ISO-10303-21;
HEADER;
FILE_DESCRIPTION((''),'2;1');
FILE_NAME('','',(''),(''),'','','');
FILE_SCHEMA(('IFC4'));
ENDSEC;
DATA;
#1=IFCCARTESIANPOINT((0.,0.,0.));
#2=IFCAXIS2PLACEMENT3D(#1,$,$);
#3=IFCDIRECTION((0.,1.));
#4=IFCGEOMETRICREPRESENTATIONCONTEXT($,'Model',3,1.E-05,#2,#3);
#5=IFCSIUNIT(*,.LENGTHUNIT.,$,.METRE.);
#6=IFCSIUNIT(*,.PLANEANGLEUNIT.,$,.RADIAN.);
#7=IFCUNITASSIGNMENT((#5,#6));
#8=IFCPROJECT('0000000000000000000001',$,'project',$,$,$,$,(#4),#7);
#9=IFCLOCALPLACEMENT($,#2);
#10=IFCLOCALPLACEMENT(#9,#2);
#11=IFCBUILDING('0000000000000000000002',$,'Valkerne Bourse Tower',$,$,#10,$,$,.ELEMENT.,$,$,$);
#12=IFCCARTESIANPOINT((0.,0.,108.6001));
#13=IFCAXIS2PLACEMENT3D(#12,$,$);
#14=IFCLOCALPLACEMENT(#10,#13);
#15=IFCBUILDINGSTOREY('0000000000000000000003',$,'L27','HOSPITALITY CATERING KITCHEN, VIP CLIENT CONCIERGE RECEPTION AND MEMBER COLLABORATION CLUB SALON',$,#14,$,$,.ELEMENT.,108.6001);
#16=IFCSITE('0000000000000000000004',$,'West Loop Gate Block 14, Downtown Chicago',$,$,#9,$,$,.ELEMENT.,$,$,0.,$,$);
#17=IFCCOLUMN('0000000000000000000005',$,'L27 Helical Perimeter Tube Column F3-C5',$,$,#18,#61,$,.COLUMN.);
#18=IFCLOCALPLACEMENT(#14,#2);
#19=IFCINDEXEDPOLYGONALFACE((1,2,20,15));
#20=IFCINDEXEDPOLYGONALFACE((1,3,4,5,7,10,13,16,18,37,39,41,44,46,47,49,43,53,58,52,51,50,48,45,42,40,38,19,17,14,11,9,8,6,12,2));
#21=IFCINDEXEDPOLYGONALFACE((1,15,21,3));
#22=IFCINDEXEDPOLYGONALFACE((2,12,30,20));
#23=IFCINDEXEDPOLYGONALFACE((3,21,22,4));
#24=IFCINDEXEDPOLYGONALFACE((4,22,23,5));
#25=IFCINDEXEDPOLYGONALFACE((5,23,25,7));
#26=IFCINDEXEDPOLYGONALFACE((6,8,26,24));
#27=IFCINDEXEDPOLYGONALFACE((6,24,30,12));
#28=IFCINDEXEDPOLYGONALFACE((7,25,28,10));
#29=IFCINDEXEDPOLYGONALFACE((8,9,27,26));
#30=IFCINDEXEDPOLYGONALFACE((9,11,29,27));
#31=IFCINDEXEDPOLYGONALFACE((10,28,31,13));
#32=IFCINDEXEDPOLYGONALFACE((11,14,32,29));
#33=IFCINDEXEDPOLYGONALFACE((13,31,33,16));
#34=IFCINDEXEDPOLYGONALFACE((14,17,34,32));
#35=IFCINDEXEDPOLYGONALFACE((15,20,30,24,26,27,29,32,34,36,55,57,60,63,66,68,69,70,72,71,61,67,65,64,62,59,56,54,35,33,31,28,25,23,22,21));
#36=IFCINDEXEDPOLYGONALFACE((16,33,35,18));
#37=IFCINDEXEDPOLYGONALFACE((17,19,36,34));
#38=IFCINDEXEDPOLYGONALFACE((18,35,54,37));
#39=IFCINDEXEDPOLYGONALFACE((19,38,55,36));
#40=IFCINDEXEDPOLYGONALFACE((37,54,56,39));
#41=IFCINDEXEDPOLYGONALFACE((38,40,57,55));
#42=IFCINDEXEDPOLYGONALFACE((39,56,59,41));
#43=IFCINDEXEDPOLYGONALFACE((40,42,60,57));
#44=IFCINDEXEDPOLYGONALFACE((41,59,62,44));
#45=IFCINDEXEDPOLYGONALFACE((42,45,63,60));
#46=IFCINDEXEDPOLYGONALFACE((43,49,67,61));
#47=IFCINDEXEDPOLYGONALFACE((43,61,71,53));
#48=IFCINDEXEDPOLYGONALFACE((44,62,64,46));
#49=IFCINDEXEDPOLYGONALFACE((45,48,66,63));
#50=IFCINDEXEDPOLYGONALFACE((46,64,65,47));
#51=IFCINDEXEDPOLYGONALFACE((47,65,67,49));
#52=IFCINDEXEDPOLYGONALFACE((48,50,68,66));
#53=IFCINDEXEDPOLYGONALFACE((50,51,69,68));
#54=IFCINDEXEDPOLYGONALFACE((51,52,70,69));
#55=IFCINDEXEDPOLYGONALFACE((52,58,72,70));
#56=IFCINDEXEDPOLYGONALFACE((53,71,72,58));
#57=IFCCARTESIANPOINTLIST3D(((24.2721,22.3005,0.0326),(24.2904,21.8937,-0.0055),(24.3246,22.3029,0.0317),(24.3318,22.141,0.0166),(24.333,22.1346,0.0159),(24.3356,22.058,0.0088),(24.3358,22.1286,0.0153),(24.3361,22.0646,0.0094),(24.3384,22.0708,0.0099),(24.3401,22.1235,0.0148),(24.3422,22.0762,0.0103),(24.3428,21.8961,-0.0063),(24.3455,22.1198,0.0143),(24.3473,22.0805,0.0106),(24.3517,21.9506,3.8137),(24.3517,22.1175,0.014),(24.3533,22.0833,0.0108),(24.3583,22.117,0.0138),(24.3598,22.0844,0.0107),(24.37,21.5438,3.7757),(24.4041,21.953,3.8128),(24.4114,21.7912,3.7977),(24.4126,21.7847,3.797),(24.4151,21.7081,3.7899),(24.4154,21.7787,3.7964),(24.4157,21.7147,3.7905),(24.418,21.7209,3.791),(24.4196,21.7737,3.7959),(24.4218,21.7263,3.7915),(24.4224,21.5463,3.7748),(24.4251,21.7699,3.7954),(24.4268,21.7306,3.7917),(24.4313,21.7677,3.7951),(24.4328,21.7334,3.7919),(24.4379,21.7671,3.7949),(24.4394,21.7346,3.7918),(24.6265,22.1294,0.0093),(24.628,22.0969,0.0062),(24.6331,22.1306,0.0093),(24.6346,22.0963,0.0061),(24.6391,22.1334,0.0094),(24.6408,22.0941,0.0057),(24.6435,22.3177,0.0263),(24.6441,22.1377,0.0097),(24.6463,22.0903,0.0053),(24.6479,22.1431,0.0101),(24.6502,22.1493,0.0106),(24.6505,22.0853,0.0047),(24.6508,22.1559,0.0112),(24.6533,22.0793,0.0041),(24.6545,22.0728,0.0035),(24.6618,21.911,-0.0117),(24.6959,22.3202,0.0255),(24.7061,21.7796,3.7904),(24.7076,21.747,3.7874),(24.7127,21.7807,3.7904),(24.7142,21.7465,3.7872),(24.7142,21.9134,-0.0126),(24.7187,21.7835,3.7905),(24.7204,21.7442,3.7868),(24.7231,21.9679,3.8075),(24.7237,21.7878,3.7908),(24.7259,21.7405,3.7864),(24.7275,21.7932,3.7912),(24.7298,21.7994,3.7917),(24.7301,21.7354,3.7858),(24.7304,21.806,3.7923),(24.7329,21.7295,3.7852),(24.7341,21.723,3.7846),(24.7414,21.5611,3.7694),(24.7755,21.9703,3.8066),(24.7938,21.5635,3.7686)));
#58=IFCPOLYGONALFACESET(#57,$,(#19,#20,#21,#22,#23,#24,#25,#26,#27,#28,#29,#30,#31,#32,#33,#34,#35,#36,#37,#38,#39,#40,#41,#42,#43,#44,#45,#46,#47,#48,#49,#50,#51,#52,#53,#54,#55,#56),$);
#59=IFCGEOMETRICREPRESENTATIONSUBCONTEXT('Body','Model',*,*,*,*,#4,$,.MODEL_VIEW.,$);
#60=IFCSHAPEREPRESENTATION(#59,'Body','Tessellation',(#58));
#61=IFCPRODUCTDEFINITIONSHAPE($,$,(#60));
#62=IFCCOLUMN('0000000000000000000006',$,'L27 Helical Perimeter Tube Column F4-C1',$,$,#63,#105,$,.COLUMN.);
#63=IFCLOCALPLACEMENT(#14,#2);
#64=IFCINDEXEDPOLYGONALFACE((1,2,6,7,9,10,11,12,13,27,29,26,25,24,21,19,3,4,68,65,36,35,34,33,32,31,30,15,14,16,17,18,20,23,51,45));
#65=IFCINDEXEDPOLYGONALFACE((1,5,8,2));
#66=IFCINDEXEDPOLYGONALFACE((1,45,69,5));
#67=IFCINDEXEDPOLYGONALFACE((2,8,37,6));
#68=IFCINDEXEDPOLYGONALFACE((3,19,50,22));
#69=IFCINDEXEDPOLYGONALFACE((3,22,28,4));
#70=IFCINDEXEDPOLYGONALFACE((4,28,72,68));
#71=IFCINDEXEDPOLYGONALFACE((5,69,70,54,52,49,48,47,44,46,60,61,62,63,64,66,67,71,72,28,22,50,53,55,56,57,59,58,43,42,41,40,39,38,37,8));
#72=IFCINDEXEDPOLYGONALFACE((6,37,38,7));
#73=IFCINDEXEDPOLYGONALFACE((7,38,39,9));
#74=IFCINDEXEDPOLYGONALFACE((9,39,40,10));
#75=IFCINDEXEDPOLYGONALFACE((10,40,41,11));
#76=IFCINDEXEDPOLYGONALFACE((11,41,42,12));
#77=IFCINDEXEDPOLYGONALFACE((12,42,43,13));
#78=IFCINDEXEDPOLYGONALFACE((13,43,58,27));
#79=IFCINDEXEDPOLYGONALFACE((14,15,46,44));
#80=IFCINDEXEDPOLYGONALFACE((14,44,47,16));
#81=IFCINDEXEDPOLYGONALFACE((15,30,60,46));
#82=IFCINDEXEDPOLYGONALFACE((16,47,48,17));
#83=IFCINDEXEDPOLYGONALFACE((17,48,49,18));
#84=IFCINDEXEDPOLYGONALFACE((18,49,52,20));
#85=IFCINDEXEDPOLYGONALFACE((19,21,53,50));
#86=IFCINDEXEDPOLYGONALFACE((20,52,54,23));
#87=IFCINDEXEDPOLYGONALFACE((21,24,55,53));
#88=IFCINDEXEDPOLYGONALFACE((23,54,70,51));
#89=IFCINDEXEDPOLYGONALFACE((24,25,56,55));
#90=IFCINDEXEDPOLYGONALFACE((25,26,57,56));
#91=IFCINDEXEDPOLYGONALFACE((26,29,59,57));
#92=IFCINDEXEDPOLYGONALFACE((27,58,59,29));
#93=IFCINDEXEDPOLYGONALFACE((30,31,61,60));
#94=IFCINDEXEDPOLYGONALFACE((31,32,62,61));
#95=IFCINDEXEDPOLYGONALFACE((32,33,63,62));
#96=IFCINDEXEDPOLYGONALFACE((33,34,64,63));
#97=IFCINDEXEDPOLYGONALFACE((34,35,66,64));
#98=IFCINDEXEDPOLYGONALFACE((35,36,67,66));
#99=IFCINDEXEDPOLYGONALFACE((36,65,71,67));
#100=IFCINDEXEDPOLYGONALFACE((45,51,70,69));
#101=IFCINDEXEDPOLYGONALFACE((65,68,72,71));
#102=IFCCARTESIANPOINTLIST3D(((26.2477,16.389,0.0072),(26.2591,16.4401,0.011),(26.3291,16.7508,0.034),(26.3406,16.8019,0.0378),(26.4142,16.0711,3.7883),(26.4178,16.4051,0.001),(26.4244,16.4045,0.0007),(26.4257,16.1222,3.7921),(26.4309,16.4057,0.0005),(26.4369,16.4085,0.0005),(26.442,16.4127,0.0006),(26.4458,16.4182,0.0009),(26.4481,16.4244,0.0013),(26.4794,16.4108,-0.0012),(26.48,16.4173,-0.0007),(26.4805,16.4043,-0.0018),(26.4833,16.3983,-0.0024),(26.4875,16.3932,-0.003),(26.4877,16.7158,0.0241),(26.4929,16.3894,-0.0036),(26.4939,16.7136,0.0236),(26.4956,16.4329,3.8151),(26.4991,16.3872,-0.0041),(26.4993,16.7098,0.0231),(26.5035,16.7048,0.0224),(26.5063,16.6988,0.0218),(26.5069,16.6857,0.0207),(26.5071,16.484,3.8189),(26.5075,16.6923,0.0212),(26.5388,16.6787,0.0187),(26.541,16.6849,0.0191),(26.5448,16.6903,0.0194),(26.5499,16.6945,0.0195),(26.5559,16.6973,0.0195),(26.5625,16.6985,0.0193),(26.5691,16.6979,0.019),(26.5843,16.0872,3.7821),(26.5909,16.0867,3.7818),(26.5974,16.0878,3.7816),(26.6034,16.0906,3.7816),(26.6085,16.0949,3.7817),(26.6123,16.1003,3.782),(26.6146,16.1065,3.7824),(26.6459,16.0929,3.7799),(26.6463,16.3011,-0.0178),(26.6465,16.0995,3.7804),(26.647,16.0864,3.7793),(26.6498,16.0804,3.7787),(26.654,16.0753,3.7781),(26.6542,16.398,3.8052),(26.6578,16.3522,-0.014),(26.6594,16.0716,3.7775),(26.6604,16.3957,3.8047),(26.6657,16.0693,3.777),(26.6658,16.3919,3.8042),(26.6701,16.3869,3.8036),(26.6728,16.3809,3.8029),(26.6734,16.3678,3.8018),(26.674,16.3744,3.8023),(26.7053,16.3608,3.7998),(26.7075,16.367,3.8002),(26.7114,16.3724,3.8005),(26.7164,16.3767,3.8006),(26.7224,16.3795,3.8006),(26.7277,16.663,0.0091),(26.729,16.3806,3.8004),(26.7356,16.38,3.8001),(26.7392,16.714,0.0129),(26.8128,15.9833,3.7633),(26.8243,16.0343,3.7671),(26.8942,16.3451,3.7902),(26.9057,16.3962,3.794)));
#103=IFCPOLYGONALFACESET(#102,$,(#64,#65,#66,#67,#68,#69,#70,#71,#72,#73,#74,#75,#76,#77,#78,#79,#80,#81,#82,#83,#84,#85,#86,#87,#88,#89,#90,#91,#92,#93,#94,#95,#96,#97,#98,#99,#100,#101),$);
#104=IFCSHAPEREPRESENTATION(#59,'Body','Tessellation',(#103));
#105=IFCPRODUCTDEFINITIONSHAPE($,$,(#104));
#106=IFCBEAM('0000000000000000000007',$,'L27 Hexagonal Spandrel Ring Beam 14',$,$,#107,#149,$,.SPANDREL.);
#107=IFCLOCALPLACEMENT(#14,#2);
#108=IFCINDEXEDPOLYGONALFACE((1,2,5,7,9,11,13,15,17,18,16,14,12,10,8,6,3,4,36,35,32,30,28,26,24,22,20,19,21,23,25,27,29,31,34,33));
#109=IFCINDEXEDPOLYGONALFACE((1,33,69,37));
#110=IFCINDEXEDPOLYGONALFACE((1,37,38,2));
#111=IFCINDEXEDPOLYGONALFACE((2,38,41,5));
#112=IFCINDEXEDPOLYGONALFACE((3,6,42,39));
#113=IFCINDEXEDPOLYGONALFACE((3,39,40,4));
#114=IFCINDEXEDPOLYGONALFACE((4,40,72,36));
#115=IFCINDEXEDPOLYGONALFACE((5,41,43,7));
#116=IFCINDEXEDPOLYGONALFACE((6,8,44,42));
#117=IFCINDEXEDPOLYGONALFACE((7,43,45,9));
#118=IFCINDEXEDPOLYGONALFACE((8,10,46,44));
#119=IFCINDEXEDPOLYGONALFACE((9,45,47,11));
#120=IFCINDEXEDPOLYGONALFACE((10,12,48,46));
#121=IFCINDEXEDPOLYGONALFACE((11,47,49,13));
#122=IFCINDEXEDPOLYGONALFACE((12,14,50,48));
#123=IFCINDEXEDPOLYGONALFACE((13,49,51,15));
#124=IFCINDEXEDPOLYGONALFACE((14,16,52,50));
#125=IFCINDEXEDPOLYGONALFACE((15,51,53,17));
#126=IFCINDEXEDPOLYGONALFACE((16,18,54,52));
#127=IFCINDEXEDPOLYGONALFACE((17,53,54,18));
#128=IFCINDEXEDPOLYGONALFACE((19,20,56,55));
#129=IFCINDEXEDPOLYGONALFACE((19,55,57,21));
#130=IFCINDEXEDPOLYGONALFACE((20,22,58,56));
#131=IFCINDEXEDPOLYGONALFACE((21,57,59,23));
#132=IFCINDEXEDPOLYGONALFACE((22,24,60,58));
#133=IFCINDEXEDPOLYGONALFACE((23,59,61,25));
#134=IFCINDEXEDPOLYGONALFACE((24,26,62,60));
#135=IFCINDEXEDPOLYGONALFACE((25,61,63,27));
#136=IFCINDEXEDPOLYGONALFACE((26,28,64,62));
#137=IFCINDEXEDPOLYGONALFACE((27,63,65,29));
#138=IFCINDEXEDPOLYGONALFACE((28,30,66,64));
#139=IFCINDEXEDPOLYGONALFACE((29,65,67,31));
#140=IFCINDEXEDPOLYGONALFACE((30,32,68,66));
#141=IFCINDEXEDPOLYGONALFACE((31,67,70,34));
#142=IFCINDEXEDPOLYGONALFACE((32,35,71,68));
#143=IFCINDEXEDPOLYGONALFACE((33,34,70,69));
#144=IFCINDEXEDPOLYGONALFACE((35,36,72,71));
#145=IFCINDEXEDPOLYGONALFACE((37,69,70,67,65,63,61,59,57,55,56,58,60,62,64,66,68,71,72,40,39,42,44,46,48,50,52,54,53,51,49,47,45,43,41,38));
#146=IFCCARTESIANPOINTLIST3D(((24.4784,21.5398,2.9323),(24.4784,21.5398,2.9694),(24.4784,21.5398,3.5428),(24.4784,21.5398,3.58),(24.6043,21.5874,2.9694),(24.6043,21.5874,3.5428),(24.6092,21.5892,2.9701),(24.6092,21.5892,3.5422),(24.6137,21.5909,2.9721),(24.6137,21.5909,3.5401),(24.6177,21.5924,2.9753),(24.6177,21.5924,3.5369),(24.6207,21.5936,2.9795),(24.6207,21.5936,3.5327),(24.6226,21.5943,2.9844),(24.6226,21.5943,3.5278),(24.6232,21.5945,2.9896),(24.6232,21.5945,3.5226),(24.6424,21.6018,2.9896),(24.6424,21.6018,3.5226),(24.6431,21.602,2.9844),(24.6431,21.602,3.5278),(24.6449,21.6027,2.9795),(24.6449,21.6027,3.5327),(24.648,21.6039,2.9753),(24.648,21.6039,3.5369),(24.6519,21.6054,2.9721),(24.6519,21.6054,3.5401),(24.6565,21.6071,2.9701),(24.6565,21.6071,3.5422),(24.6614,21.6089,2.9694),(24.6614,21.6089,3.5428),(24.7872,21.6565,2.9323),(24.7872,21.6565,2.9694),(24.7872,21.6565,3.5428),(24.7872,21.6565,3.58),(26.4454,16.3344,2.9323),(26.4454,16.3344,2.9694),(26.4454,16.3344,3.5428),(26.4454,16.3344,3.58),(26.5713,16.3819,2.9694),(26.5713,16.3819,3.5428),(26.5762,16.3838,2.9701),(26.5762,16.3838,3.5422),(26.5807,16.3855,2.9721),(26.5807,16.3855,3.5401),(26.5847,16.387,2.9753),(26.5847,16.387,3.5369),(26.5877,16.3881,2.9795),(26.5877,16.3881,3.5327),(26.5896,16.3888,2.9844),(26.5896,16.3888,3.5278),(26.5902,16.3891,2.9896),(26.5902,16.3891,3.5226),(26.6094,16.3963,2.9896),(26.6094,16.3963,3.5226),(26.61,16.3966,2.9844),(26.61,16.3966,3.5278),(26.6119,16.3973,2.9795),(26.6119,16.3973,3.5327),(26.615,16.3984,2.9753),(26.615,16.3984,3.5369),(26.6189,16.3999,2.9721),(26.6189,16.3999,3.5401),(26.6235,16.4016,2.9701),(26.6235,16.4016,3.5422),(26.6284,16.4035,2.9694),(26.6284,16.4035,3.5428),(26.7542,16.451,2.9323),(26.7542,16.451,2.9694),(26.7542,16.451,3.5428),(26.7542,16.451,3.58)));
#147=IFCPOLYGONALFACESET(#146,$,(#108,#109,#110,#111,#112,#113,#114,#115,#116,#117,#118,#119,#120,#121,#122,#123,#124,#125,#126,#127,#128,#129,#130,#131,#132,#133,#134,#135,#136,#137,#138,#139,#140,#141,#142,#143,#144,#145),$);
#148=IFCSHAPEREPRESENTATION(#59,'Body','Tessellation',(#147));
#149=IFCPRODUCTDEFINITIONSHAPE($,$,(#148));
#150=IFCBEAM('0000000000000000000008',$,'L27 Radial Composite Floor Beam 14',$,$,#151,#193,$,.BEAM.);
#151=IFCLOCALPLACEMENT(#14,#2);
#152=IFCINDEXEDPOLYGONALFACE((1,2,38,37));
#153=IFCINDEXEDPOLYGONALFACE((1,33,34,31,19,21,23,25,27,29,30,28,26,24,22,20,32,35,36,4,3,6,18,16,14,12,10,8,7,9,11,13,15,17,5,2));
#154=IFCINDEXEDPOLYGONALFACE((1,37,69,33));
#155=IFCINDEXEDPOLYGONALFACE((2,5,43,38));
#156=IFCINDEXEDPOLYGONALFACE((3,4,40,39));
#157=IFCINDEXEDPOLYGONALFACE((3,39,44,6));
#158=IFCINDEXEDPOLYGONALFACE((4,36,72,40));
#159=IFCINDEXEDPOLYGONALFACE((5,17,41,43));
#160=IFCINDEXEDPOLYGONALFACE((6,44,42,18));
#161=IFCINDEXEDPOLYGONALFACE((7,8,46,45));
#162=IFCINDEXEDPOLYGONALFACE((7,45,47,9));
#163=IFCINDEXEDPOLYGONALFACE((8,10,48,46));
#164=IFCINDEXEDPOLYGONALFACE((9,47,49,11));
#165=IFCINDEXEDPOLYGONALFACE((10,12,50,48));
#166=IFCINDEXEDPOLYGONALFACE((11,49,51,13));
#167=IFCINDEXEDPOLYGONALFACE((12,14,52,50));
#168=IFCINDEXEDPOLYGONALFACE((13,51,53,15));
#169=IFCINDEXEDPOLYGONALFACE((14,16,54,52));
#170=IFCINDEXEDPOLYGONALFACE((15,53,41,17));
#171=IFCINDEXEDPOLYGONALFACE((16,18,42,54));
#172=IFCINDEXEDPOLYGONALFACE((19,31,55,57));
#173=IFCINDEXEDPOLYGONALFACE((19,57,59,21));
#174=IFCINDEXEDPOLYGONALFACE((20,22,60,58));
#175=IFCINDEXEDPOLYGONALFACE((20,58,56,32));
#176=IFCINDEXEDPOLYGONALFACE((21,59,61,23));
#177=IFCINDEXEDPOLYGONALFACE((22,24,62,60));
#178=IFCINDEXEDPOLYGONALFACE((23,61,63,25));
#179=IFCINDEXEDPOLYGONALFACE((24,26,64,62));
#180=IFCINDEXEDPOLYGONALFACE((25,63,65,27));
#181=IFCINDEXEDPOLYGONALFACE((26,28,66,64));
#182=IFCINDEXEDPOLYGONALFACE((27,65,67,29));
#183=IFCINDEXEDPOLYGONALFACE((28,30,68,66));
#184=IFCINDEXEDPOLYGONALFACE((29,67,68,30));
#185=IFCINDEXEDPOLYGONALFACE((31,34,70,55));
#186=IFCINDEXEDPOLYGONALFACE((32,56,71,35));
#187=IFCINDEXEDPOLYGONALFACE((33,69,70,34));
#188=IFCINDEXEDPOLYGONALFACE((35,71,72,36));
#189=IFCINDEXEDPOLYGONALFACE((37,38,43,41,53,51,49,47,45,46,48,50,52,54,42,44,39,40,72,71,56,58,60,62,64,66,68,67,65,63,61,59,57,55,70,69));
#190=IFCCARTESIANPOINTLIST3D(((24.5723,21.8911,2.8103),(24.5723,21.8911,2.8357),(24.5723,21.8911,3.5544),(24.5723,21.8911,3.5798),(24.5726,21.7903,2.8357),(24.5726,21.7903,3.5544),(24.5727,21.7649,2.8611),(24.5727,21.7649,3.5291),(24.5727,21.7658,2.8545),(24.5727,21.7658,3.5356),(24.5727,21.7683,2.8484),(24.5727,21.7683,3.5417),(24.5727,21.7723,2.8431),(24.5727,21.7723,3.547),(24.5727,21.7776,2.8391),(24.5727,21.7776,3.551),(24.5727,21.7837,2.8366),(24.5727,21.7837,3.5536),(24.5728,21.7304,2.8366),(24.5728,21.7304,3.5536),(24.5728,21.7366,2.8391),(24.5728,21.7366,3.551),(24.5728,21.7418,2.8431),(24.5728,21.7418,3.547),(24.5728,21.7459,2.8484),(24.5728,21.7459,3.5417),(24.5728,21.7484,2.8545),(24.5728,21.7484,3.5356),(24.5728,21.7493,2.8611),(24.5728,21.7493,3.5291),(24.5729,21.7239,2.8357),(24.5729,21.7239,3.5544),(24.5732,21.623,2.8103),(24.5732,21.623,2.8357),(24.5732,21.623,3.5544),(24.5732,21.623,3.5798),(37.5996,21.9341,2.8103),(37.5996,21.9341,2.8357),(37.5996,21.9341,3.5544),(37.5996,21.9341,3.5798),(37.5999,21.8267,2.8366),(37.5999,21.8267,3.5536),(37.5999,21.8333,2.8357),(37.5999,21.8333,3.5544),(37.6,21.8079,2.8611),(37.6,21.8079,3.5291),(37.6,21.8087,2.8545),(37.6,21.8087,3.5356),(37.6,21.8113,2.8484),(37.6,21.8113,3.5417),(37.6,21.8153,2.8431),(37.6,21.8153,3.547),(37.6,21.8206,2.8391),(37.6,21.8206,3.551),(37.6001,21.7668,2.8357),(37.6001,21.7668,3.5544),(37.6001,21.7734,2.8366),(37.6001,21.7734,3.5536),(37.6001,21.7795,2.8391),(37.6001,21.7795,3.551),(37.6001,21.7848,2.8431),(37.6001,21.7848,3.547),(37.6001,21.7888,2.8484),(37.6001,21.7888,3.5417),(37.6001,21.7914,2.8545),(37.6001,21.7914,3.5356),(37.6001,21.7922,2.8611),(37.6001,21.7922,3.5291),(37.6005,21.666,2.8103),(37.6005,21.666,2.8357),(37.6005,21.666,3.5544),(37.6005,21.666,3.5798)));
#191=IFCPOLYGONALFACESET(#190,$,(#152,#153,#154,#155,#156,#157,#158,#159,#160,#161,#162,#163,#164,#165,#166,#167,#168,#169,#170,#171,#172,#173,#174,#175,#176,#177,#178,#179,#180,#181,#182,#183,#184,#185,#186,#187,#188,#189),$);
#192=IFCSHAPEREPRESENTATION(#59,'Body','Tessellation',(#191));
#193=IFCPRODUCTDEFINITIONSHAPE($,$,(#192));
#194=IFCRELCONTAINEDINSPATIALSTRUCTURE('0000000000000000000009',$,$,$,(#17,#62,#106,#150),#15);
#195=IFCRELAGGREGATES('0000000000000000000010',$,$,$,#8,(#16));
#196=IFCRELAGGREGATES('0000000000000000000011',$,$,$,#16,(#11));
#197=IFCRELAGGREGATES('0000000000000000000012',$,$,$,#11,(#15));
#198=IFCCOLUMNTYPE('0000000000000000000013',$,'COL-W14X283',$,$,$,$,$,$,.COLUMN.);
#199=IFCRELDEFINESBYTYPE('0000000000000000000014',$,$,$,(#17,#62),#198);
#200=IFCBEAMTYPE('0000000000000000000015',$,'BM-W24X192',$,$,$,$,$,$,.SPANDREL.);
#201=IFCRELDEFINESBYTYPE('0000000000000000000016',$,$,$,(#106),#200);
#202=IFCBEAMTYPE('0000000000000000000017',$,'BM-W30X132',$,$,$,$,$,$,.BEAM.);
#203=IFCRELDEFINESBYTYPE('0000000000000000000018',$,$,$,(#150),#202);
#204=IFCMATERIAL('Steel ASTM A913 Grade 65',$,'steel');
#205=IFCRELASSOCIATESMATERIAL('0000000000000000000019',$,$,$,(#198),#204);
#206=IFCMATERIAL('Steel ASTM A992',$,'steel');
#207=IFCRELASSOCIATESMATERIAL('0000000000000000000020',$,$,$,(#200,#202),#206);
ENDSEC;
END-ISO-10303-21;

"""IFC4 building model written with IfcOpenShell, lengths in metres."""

from ifc_helpers import new_model, si_unit, direction, frame, origin, origin_2d, place, context, subcontext, project, spatial, i_section, extrude, material, material_profile, profile_set, type_object, element, save


model = new_model("IFC4")

# Units and contexts
model_context = context("Model", 3, precision=1e-05, world=origin(), true_north=direction((0.0, 1.0)))
body_context = subcontext(model_context, "Body", "Model", "MODEL_VIEW")
ifc_project = project(units=[si_unit("LENGTHUNIT", "METRE"), si_unit("PLANEANGLEUNIT", "RADIAN")], contexts=[model_context])

# Site, building, storey
site_placement = place(None, origin())
site = spatial("IfcSite", under=ifc_project, at=site_placement, Name="West Loop Gate Block 14, Downtown Chicago", CompositionType="ELEMENT", RefElevation=0.0)
building_placement = place(site_placement, origin())
building = spatial("IfcBuilding", under=site, at=building_placement, Name="Valkerne Bourse Tower", CompositionType="ELEMENT")
storey_placement = place(building_placement, frame((0.0, 0.0, 108.6001)))
storey = spatial("IfcBuildingStorey", under=building, at=storey_placement, Name="L27", Description="HOSPITALITY CATERING KITCHEN, VIP CLIENT CONCIERGE RECEPTION AND MEMBER COLLABORATION CLUB SALON", CompositionType="ELEMENT", Elevation=108.6001)

# Columns
ifc_material_1 = material(Name="Steel ASTM A913 Grade 65", Category="steel")
ifc_material_profile_1 = material_profile(ifc_material_1, i_section(OverallWidth=0.4089, OverallDepth=0.4243, WebThickness=0.0327, FlangeThickness=0.0525, FilletRadius=0.0254, at=origin_2d()), Name="W14X283")
ifc_profile_set_1 = profile_set([ifc_material_profile_1], Name="Steel ASTM A913 Grade 65")
column_type = type_object("IfcColumnType", Name="COL-W14X283", PredefinedType="COLUMN", material=ifc_profile_set_1)
for number, where, z_axis, x_axis, name in (
    (1, (24.4932, 22.1069, 0.01), (0.020956, -0.092115, 0.995528), (0.044672, -0.994666, -0.092976), "L27 Helical Perimeter Tube Column F3-C5"),
    (2, (26.4934, 16.5515, 0.01), (0.04384, -0.083694, 0.995527), (0.974752, -0.214802, -0.060984), "L27 Helical Perimeter Tube Column F4-C1"),
):
    element("IfcColumn", number, at=place(storey_placement, frame(where, z_axis=z_axis, x_axis=x_axis)), inside=storey, type_object=column_type, Name=name, PredefinedType="COLUMN", context=body_context, shape_type="SweptSolid", body=[
        extrude(i_section(OverallWidth=0.4089, OverallDepth=0.4243, WebThickness=0.0327, FlangeThickness=0.0525, FilletRadius=0.0254, at=origin_2d()), origin(), (0.0, 0.0, 1.0), 3.7981),
    ])

# Beams
ifc_material_2 = material(Name="Steel ASTM A992", Category="steel")
ifc_material_profile_2 = material_profile(ifc_material_2, i_section(OverallWidth=0.3301, OverallDepth=0.6477, WebThickness=0.0205, FlangeThickness=0.0371, FilletRadius=0.0203, at=origin_2d()), Name="W24X192")
ifc_profile_set_2 = profile_set([ifc_material_profile_2], Name="Steel ASTM A992")
beam_type_1 = type_object("IfcBeamType", Name="BM-W24X192", PredefinedType="SPANDREL", material=ifc_profile_set_2)
beam_1_placement = place(storey_placement, frame((24.6328, 21.5981, 3.2561), z_axis=(0.353478, -0.935443, 0.0), x_axis=(0.935443, 0.353478, 0.0)))
element("IfcBeam", 3, at=beam_1_placement, inside=storey, type_object=beam_type_1, Name="L27 Hexagonal Spandrel Ring Beam 14", PredefinedType="SPANDREL", context=body_context, shape_type="SweptSolid", body=[
    extrude(i_section(OverallWidth=0.3301, OverallDepth=0.6477, WebThickness=0.0205, FlangeThickness=0.0371, FilletRadius=0.0203, at=origin_2d()), origin(), (0.0, 0.0, 1.0), 5.5647),
])
ifc_material_profile_3 = material_profile(ifc_material_2, i_section(OverallWidth=0.2681, OverallDepth=0.7695, WebThickness=0.0156, FlangeThickness=0.0254, FilletRadius=0.0254, at=origin_2d()), Name="W30X132")
ifc_profile_set_3 = profile_set([ifc_material_profile_3], Name="Steel ASTM A992")
beam_type_2 = type_object("IfcBeamType", Name="BM-W30X132", PredefinedType="BEAM", material=ifc_profile_set_3)
beam_2_placement = place(storey_placement, frame((24.5728, 21.7571, 3.1951), z_axis=(0.999995, 0.003298, 0.0), x_axis=(-0.003298, 0.999995, 0.0)))
element("IfcBeam", 4, at=beam_2_placement, inside=storey, type_object=beam_type_2, Name="L27 Radial Composite Floor Beam 14", PredefinedType="BEAM", context=body_context, shape_type="SweptSolid", body=[
    extrude(i_section(OverallWidth=0.2681, OverallDepth=0.7695, WebThickness=0.0156, FlangeThickness=0.0254, FilletRadius=0.0254, at=origin_2d()), origin(), (0.0, 0.0, 1.0), 13.0273),
])

save(model, "model.ifc")
